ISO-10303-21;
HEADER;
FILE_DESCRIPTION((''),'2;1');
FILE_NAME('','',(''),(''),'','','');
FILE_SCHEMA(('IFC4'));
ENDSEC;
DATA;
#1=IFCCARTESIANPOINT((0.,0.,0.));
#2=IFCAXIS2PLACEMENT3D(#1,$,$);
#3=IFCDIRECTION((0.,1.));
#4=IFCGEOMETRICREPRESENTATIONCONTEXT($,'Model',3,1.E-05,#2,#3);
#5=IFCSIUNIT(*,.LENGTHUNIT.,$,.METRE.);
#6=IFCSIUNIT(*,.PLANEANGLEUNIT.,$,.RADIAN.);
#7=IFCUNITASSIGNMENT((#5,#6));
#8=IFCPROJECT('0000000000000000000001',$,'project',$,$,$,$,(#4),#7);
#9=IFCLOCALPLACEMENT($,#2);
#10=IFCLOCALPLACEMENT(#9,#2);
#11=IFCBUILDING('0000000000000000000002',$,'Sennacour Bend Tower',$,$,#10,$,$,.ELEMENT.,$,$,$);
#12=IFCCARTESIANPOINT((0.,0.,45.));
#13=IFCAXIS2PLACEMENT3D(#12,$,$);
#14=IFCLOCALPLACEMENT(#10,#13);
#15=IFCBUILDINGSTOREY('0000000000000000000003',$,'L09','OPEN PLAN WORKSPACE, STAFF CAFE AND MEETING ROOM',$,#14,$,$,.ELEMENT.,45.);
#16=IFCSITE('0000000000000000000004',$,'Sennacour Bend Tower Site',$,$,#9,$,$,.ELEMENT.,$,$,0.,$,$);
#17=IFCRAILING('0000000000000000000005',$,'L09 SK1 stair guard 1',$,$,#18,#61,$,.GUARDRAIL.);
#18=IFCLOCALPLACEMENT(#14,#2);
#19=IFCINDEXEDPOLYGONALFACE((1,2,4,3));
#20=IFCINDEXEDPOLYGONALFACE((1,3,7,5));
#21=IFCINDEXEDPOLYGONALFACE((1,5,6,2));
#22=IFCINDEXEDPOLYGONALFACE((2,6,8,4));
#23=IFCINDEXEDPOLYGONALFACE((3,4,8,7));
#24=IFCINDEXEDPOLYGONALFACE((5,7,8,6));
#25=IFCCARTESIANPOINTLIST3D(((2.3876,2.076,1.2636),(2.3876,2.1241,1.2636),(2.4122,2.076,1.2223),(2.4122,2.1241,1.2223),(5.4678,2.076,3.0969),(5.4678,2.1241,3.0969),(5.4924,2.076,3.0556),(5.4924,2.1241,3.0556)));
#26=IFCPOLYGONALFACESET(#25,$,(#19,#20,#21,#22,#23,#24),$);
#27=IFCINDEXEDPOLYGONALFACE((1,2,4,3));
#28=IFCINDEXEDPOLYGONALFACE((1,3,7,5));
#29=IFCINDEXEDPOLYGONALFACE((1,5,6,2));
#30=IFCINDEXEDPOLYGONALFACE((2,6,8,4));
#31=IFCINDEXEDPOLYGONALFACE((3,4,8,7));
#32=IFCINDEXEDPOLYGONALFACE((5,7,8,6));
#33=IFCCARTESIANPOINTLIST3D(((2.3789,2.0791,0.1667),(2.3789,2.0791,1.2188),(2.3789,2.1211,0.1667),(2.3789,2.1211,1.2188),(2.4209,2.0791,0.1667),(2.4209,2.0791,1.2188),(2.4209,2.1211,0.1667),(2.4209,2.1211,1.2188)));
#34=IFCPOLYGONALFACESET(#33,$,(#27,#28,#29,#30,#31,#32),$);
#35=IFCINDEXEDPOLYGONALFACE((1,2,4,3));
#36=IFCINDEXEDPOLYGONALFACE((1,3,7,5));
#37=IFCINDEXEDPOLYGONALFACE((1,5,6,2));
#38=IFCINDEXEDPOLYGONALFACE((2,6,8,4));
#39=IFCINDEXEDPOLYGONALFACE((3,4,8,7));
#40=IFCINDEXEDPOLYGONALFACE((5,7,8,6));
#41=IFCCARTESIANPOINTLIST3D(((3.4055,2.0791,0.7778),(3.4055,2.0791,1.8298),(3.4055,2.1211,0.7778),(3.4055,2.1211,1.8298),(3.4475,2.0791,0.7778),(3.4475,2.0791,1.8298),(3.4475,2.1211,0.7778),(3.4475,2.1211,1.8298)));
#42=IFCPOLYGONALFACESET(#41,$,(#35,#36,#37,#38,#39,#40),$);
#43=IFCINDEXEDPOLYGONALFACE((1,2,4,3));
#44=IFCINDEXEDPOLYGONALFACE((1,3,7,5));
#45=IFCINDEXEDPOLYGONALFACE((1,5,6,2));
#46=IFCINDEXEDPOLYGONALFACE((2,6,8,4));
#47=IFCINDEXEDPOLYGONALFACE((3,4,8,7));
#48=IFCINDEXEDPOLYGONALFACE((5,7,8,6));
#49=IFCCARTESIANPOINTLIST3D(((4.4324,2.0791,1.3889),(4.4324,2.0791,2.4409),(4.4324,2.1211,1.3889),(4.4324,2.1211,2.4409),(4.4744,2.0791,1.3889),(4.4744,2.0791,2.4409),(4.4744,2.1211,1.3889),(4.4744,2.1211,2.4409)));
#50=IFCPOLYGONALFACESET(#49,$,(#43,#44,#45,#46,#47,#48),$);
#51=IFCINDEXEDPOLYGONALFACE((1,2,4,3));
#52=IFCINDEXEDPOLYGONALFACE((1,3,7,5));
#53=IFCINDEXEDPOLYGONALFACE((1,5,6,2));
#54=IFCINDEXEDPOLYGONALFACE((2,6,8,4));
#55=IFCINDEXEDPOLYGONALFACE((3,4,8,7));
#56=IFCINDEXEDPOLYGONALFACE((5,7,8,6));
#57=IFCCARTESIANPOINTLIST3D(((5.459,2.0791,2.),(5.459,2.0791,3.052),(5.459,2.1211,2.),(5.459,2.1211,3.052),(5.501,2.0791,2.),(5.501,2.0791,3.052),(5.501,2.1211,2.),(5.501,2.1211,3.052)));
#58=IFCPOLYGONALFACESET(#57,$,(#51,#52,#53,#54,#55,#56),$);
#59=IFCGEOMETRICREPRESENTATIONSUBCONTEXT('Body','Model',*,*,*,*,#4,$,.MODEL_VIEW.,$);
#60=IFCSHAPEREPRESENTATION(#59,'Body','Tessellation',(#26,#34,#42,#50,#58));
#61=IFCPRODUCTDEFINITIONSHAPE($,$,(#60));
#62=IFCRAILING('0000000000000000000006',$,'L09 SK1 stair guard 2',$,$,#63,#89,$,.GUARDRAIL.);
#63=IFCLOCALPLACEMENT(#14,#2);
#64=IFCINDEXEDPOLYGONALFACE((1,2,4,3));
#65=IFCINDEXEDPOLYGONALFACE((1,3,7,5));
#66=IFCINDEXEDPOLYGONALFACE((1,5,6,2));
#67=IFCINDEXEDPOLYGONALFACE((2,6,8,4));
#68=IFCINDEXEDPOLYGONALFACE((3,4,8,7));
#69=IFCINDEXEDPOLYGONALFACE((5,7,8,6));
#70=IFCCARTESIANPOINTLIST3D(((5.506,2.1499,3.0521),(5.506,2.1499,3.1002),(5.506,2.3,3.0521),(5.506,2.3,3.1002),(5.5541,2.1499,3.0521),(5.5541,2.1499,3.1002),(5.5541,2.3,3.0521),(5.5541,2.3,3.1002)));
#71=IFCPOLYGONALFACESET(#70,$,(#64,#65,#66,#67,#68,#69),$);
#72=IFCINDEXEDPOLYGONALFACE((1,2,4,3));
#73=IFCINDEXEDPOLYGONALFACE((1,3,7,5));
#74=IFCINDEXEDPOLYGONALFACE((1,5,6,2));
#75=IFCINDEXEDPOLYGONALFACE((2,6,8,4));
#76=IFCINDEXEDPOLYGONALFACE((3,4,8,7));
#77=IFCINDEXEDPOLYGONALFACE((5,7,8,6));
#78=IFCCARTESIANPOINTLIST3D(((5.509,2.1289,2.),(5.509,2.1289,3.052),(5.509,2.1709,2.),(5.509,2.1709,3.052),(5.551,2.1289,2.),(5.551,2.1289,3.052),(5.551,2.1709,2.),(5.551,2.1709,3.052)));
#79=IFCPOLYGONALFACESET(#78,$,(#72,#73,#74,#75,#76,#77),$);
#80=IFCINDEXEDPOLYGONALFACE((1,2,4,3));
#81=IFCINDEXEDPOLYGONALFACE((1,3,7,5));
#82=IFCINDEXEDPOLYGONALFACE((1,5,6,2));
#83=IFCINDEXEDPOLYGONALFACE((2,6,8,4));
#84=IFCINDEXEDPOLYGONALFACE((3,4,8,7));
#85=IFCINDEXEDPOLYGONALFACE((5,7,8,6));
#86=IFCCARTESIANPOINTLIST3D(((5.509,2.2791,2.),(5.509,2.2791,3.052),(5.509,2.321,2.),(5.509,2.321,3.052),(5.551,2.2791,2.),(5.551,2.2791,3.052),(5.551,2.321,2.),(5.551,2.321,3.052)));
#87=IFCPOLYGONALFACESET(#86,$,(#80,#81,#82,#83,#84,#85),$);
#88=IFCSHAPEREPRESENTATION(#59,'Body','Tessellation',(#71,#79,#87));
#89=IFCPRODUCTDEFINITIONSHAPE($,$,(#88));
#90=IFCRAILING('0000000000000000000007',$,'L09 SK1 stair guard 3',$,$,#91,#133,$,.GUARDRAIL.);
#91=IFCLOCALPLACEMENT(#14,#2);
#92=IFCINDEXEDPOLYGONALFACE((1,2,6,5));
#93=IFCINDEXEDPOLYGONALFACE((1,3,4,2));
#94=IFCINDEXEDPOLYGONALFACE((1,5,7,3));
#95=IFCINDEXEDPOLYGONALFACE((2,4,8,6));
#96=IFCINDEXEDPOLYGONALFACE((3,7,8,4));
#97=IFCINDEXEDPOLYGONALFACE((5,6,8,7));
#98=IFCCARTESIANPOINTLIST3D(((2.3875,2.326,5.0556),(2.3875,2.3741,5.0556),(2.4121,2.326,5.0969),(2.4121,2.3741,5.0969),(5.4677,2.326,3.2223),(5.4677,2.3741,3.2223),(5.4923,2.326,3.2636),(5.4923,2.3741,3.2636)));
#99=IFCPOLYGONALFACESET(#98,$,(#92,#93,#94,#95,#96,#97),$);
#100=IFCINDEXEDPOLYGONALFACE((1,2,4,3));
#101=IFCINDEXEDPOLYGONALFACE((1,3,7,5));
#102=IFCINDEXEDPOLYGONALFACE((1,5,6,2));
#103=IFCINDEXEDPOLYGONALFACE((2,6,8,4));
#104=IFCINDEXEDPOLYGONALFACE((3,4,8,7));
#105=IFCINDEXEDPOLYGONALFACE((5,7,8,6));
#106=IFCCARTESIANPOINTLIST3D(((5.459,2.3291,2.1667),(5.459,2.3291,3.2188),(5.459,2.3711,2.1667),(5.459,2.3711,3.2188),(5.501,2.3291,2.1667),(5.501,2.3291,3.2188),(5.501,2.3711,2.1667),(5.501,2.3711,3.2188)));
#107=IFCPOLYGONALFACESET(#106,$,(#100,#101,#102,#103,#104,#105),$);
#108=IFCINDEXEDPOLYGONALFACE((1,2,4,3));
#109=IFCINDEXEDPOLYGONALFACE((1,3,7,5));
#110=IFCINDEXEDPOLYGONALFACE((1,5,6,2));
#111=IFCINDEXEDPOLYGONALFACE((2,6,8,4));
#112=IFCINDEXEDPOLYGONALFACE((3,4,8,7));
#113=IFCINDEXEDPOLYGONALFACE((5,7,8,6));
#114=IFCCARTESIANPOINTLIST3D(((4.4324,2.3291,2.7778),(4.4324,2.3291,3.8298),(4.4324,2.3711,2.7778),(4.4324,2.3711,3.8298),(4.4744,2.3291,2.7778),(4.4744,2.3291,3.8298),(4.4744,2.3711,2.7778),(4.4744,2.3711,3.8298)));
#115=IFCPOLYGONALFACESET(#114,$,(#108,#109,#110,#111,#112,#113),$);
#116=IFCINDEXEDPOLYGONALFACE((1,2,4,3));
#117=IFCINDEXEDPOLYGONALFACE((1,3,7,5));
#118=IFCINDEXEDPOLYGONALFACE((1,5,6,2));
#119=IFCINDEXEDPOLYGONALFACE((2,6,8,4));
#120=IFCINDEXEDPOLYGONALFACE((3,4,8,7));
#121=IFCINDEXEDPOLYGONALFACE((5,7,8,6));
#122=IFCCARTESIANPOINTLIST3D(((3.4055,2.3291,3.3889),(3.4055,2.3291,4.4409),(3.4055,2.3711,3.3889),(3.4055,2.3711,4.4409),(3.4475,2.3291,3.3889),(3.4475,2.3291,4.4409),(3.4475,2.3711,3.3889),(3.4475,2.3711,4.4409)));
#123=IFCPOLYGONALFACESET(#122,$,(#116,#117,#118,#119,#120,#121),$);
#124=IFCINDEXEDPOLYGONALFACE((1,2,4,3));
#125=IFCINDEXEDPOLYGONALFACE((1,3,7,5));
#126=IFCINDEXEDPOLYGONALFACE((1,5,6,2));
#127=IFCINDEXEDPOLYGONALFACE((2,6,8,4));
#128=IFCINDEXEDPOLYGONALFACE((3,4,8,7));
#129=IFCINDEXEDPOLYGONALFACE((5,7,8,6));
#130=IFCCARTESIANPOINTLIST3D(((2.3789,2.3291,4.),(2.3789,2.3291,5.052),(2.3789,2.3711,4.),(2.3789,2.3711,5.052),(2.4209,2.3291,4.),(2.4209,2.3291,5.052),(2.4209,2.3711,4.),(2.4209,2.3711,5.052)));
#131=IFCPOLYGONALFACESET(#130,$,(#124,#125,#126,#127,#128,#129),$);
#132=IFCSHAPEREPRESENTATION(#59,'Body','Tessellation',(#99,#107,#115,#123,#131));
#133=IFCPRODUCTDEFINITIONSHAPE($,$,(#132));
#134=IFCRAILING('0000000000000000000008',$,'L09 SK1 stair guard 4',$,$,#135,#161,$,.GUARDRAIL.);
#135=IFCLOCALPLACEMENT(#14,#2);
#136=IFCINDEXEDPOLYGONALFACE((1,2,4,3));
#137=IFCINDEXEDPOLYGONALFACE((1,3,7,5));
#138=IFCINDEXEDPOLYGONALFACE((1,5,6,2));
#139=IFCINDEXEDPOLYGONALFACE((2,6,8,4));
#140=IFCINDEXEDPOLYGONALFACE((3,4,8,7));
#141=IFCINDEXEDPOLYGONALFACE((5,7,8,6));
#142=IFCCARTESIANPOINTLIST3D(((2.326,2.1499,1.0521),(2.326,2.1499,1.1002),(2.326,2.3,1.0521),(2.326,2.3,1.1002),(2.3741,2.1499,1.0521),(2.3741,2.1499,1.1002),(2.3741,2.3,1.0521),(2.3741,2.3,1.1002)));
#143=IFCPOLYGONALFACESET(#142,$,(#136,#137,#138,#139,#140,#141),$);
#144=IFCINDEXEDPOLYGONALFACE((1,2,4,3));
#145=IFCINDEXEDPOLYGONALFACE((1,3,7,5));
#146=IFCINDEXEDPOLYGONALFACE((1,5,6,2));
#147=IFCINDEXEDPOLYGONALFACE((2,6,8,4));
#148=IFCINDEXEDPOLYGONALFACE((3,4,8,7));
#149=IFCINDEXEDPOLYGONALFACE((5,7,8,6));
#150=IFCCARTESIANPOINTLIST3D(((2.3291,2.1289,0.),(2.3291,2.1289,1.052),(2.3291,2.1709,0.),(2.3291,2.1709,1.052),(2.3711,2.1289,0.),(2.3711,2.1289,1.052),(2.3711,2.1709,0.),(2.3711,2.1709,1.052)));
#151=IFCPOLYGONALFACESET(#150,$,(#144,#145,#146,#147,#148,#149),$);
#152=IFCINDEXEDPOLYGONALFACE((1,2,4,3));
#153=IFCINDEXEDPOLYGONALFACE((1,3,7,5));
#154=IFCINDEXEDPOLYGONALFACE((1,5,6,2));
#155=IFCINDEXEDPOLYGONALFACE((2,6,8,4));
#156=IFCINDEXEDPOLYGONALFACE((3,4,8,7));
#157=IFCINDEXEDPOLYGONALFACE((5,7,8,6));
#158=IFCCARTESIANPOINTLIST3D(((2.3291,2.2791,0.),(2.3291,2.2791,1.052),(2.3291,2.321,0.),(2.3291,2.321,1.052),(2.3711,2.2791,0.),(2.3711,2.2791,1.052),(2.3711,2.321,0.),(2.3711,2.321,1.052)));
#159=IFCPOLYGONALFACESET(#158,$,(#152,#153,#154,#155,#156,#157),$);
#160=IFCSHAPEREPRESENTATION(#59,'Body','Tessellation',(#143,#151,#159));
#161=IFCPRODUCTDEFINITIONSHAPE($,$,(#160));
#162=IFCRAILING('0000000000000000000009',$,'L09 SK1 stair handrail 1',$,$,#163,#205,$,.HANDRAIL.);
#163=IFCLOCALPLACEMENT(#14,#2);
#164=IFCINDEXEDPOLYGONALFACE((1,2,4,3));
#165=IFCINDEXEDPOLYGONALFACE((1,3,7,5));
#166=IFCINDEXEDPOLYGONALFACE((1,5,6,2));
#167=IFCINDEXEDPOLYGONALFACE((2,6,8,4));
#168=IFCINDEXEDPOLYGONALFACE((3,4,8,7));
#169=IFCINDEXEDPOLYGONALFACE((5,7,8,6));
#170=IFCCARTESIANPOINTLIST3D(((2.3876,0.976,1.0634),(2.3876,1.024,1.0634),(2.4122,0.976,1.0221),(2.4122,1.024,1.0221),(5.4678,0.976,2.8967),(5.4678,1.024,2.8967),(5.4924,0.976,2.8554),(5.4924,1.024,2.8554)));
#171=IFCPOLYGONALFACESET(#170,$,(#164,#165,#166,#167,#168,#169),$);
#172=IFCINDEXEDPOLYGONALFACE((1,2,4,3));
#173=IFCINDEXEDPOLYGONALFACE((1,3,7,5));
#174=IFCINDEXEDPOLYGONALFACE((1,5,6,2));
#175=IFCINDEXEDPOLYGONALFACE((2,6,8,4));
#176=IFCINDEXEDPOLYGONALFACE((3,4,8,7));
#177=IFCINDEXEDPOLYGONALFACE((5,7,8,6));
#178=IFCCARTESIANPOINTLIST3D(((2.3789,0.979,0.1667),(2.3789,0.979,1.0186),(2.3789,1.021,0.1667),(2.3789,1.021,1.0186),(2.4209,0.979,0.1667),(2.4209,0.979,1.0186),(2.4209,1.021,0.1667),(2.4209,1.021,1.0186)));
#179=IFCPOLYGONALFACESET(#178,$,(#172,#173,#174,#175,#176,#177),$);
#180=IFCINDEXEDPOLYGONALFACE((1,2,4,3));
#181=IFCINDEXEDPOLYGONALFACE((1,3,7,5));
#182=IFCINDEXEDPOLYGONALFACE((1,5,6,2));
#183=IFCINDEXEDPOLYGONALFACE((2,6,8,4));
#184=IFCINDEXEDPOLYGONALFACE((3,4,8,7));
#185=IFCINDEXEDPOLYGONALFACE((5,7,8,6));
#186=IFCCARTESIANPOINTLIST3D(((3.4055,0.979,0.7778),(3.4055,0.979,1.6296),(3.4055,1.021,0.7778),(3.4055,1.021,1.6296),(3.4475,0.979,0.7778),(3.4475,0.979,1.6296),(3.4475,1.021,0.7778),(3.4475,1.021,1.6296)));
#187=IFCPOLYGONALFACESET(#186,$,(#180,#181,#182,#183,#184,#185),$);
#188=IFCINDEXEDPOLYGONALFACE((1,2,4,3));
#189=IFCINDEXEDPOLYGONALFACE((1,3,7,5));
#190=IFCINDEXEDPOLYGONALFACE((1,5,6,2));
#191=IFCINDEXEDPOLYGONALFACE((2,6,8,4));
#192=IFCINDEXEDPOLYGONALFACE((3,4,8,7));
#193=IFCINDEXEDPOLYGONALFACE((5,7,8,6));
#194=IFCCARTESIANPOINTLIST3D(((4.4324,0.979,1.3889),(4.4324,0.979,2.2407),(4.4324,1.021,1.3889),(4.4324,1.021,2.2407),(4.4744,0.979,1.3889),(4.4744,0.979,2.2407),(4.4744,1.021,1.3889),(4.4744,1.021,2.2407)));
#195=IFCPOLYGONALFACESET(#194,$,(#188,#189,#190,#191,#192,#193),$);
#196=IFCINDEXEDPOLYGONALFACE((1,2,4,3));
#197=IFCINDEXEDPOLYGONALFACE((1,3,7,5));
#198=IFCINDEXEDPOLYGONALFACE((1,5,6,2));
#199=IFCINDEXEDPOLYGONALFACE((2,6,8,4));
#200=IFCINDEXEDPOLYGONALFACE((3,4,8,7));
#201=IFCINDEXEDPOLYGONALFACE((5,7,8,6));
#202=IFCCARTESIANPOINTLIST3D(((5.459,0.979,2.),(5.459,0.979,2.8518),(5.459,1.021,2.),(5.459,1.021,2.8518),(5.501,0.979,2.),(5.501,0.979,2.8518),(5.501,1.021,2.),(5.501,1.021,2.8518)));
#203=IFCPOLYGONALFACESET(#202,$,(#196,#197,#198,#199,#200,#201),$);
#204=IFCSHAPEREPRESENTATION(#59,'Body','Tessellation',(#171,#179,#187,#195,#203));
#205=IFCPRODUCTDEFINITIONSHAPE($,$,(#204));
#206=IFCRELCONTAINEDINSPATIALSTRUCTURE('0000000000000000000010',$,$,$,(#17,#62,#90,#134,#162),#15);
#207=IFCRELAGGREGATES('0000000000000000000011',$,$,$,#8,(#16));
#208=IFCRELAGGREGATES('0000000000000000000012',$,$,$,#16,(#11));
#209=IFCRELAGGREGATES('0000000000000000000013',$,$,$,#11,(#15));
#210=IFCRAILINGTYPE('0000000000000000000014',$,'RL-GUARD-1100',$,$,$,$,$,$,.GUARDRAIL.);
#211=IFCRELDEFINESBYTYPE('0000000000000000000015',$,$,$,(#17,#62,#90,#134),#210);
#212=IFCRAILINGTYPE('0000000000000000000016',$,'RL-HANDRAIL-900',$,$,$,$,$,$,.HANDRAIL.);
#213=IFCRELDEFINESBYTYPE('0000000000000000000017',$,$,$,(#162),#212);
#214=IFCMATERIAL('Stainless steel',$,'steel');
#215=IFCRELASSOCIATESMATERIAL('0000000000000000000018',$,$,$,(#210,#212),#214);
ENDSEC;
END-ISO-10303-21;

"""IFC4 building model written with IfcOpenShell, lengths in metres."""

from ifc_helpers import new_model, si_unit, direction, frame, origin, origin_2d, place, context, subcontext, project, spatial, rectangle, extrude, material, type_object, element, save


model = new_model("IFC4")

# Units and contexts
model_context = context("Model", 3, precision=1e-05, world=origin(), true_north=direction((0.0, 1.0)))
body_context = subcontext(model_context, "Body", "Model", "MODEL_VIEW")
ifc_project = project(units=[si_unit("LENGTHUNIT", "METRE"), si_unit("PLANEANGLEUNIT", "RADIAN")], contexts=[model_context])

# Site, building, storey
site_placement = place(None, origin())
site = spatial("IfcSite", under=ifc_project, at=site_placement, Name="Sennacour Bend Tower Site", CompositionType="ELEMENT", RefElevation=0.0)
building_placement = place(site_placement, origin())
building = spatial("IfcBuilding", under=site, at=building_placement, Name="Sennacour Bend Tower", CompositionType="ELEMENT")
storey_placement = place(building_placement, frame((0.0, 0.0, 45.0)))
storey = spatial("IfcBuildingStorey", under=building, at=storey_placement, Name="L09", Description="OPEN PLAN WORKSPACE, STAFF CAFE AND MEETING ROOM", CompositionType="ELEMENT", Elevation=45.0)

# Railings
ifc_material_1 = material(Name="Stainless steel", Category="steel")
railing_type_1 = type_object("IfcRailingType", Name="RL-GUARD-1100", PredefinedType="GUARDRAIL", material=ifc_material_1)
railing_1_placement = place(storey_placement, frame((2.3999, 2.1001, 0.1667)))
element("IfcRailing", 1, at=railing_1_placement, inside=storey, type_object=railing_type_1, Name="L09 SK1 stair guard 1", PredefinedType="GUARDRAIL", context=body_context, shape_type="SweptSolid", body=[
    extrude(rectangle(XDim=0.0481, YDim=0.0481, at=origin_2d()), frame((0.0, 0.0, 1.0762), z_axis=(0.859309, 0.0, 0.511458), x_axis=(0.0, 1.0, 0.0)), (0.0, 0.0, 1.0), 3.5845),
    extrude(rectangle(XDim=0.042, YDim=0.042, at=origin_2d()), origin(), (0.0, 0.0, 1.0), 1.052),
    extrude(rectangle(XDim=0.042, YDim=0.042, at=origin_2d()), frame((1.0266, 0.0, 0.6111)), (0.0, 0.0, 1.0), 1.052),
    extrude(rectangle(XDim=0.042, YDim=0.042, at=origin_2d()), frame((2.0535, 0.0, 1.2222)), (0.0, 0.0, 1.0), 1.052),
    extrude(rectangle(XDim=0.042, YDim=0.042, at=origin_2d()), frame((3.0801, 0.0, 1.8333)), (0.0, 0.0, 1.0), 1.052),
])
railing_2_placement = place(storey_placement, frame((5.53, 2.1499, 2.0)))
element("IfcRailing", 2, at=railing_2_placement, inside=storey, type_object=railing_type_1, Name="L09 SK1 stair guard 2", PredefinedType="GUARDRAIL", context=body_context, shape_type="SweptSolid", body=[
    extrude(rectangle(XDim=0.0481, YDim=0.0481, at=origin_2d()), frame((0.0, 0.0, 1.0762), z_axis=(0.0, 1.0, 0.0), x_axis=(-1.0, 0.0, 0.0)), (0.0, 0.0, 1.0), 0.1501),
    extrude(rectangle(XDim=0.042, YDim=0.042, at=origin_2d()), origin(), (0.0, 0.0, 1.0), 1.052),
    extrude(rectangle(XDim=0.042, YDim=0.042, at=origin_2d()), frame((0.0, 0.1501, 0.0)), (0.0, 0.0, 1.0), 1.052),
])
railing_3_placement = place(storey_placement, frame((5.48, 2.3501, 2.1667)))
element("IfcRailing", 3, at=railing_3_placement, inside=storey, type_object=railing_type_1, Name="L09 SK1 stair guard 3", PredefinedType="GUARDRAIL", context=body_context, shape_type="SweptSolid", body=[
    extrude(rectangle(XDim=0.0481, YDim=0.0481, at=origin_2d()), frame((0.0, 0.0, 1.0762), z_axis=(-0.859309, 0.0, 0.511458), x_axis=(0.0, -1.0, 0.0)), (0.0, 0.0, 1.0), 3.5845),
    extrude(rectangle(XDim=0.042, YDim=0.042, at=origin_2d()), origin(), (0.0, 0.0, 1.0), 1.052),
    extrude(rectangle(XDim=0.042, YDim=0.042, at=origin_2d()), frame((-1.0266, 0.0, 0.6111)), (0.0, 0.0, 1.0), 1.052),
    extrude(rectangle(XDim=0.042, YDim=0.042, at=origin_2d()), frame((-2.0535, 0.0, 1.2222)), (0.0, 0.0, 1.0), 1.052),
    extrude(rectangle(XDim=0.042, YDim=0.042, at=origin_2d()), frame((-3.0801, 0.0, 1.8333)), (0.0, 0.0, 1.0), 1.052),
])
railing_4_placement = place(storey_placement, frame((2.3501, 2.1499, 0.0)))
element("IfcRailing", 4, at=railing_4_placement, inside=storey, type_object=railing_type_1, Name="L09 SK1 stair guard 4", PredefinedType="GUARDRAIL", context=body_context, shape_type="SweptSolid", body=[
    extrude(rectangle(XDim=0.0481, YDim=0.0481, at=origin_2d()), frame((0.0, 0.0, 1.0762), z_axis=(0.0, 1.0, 0.0), x_axis=(-1.0, 0.0, 0.0)), (0.0, 0.0, 1.0), 0.1501),
    extrude(rectangle(XDim=0.042, YDim=0.042, at=origin_2d()), origin(), (0.0, 0.0, 1.0), 1.052),
    extrude(rectangle(XDim=0.042, YDim=0.042, at=origin_2d()), frame((0.0, 0.1501, 0.0)), (0.0, 0.0, 1.0), 1.052),
])
railing_type_2 = type_object("IfcRailingType", Name="RL-HANDRAIL-900", PredefinedType="HANDRAIL", material=ifc_material_1)
railing_5_placement = place(storey_placement, frame((2.3999, 1.0, 0.1667)))
element("IfcRailing", 5, at=railing_5_placement, inside=storey, type_object=railing_type_2, Name="L09 SK1 stair handrail 1", PredefinedType="HANDRAIL", context=body_context, shape_type="SweptSolid", body=[
    extrude(rectangle(XDim=0.0481, YDim=0.0481, at=origin_2d()), frame((0.0, 0.0, 0.876), z_axis=(0.859309, 0.0, 0.511458), x_axis=(0.0, 1.0, 0.0)), (0.0, 0.0, 1.0), 3.5845),
    extrude(rectangle(XDim=0.042, YDim=0.042, at=origin_2d()), origin(), (0.0, 0.0, 1.0), 0.8518),
    extrude(rectangle(XDim=0.042, YDim=0.042, at=origin_2d()), frame((1.0266, 0.0, 0.6111)), (0.0, 0.0, 1.0), 0.8518),
    extrude(rectangle(XDim=0.042, YDim=0.042, at=origin_2d()), frame((2.0535, 0.0, 1.2222)), (0.0, 0.0, 1.0), 0.8518),
    extrude(rectangle(XDim=0.042, YDim=0.042, at=origin_2d()), frame((3.0801, 0.0, 1.8333)), (0.0, 0.0, 1.0), 0.8518),
])

save(model, "model.ifc")
